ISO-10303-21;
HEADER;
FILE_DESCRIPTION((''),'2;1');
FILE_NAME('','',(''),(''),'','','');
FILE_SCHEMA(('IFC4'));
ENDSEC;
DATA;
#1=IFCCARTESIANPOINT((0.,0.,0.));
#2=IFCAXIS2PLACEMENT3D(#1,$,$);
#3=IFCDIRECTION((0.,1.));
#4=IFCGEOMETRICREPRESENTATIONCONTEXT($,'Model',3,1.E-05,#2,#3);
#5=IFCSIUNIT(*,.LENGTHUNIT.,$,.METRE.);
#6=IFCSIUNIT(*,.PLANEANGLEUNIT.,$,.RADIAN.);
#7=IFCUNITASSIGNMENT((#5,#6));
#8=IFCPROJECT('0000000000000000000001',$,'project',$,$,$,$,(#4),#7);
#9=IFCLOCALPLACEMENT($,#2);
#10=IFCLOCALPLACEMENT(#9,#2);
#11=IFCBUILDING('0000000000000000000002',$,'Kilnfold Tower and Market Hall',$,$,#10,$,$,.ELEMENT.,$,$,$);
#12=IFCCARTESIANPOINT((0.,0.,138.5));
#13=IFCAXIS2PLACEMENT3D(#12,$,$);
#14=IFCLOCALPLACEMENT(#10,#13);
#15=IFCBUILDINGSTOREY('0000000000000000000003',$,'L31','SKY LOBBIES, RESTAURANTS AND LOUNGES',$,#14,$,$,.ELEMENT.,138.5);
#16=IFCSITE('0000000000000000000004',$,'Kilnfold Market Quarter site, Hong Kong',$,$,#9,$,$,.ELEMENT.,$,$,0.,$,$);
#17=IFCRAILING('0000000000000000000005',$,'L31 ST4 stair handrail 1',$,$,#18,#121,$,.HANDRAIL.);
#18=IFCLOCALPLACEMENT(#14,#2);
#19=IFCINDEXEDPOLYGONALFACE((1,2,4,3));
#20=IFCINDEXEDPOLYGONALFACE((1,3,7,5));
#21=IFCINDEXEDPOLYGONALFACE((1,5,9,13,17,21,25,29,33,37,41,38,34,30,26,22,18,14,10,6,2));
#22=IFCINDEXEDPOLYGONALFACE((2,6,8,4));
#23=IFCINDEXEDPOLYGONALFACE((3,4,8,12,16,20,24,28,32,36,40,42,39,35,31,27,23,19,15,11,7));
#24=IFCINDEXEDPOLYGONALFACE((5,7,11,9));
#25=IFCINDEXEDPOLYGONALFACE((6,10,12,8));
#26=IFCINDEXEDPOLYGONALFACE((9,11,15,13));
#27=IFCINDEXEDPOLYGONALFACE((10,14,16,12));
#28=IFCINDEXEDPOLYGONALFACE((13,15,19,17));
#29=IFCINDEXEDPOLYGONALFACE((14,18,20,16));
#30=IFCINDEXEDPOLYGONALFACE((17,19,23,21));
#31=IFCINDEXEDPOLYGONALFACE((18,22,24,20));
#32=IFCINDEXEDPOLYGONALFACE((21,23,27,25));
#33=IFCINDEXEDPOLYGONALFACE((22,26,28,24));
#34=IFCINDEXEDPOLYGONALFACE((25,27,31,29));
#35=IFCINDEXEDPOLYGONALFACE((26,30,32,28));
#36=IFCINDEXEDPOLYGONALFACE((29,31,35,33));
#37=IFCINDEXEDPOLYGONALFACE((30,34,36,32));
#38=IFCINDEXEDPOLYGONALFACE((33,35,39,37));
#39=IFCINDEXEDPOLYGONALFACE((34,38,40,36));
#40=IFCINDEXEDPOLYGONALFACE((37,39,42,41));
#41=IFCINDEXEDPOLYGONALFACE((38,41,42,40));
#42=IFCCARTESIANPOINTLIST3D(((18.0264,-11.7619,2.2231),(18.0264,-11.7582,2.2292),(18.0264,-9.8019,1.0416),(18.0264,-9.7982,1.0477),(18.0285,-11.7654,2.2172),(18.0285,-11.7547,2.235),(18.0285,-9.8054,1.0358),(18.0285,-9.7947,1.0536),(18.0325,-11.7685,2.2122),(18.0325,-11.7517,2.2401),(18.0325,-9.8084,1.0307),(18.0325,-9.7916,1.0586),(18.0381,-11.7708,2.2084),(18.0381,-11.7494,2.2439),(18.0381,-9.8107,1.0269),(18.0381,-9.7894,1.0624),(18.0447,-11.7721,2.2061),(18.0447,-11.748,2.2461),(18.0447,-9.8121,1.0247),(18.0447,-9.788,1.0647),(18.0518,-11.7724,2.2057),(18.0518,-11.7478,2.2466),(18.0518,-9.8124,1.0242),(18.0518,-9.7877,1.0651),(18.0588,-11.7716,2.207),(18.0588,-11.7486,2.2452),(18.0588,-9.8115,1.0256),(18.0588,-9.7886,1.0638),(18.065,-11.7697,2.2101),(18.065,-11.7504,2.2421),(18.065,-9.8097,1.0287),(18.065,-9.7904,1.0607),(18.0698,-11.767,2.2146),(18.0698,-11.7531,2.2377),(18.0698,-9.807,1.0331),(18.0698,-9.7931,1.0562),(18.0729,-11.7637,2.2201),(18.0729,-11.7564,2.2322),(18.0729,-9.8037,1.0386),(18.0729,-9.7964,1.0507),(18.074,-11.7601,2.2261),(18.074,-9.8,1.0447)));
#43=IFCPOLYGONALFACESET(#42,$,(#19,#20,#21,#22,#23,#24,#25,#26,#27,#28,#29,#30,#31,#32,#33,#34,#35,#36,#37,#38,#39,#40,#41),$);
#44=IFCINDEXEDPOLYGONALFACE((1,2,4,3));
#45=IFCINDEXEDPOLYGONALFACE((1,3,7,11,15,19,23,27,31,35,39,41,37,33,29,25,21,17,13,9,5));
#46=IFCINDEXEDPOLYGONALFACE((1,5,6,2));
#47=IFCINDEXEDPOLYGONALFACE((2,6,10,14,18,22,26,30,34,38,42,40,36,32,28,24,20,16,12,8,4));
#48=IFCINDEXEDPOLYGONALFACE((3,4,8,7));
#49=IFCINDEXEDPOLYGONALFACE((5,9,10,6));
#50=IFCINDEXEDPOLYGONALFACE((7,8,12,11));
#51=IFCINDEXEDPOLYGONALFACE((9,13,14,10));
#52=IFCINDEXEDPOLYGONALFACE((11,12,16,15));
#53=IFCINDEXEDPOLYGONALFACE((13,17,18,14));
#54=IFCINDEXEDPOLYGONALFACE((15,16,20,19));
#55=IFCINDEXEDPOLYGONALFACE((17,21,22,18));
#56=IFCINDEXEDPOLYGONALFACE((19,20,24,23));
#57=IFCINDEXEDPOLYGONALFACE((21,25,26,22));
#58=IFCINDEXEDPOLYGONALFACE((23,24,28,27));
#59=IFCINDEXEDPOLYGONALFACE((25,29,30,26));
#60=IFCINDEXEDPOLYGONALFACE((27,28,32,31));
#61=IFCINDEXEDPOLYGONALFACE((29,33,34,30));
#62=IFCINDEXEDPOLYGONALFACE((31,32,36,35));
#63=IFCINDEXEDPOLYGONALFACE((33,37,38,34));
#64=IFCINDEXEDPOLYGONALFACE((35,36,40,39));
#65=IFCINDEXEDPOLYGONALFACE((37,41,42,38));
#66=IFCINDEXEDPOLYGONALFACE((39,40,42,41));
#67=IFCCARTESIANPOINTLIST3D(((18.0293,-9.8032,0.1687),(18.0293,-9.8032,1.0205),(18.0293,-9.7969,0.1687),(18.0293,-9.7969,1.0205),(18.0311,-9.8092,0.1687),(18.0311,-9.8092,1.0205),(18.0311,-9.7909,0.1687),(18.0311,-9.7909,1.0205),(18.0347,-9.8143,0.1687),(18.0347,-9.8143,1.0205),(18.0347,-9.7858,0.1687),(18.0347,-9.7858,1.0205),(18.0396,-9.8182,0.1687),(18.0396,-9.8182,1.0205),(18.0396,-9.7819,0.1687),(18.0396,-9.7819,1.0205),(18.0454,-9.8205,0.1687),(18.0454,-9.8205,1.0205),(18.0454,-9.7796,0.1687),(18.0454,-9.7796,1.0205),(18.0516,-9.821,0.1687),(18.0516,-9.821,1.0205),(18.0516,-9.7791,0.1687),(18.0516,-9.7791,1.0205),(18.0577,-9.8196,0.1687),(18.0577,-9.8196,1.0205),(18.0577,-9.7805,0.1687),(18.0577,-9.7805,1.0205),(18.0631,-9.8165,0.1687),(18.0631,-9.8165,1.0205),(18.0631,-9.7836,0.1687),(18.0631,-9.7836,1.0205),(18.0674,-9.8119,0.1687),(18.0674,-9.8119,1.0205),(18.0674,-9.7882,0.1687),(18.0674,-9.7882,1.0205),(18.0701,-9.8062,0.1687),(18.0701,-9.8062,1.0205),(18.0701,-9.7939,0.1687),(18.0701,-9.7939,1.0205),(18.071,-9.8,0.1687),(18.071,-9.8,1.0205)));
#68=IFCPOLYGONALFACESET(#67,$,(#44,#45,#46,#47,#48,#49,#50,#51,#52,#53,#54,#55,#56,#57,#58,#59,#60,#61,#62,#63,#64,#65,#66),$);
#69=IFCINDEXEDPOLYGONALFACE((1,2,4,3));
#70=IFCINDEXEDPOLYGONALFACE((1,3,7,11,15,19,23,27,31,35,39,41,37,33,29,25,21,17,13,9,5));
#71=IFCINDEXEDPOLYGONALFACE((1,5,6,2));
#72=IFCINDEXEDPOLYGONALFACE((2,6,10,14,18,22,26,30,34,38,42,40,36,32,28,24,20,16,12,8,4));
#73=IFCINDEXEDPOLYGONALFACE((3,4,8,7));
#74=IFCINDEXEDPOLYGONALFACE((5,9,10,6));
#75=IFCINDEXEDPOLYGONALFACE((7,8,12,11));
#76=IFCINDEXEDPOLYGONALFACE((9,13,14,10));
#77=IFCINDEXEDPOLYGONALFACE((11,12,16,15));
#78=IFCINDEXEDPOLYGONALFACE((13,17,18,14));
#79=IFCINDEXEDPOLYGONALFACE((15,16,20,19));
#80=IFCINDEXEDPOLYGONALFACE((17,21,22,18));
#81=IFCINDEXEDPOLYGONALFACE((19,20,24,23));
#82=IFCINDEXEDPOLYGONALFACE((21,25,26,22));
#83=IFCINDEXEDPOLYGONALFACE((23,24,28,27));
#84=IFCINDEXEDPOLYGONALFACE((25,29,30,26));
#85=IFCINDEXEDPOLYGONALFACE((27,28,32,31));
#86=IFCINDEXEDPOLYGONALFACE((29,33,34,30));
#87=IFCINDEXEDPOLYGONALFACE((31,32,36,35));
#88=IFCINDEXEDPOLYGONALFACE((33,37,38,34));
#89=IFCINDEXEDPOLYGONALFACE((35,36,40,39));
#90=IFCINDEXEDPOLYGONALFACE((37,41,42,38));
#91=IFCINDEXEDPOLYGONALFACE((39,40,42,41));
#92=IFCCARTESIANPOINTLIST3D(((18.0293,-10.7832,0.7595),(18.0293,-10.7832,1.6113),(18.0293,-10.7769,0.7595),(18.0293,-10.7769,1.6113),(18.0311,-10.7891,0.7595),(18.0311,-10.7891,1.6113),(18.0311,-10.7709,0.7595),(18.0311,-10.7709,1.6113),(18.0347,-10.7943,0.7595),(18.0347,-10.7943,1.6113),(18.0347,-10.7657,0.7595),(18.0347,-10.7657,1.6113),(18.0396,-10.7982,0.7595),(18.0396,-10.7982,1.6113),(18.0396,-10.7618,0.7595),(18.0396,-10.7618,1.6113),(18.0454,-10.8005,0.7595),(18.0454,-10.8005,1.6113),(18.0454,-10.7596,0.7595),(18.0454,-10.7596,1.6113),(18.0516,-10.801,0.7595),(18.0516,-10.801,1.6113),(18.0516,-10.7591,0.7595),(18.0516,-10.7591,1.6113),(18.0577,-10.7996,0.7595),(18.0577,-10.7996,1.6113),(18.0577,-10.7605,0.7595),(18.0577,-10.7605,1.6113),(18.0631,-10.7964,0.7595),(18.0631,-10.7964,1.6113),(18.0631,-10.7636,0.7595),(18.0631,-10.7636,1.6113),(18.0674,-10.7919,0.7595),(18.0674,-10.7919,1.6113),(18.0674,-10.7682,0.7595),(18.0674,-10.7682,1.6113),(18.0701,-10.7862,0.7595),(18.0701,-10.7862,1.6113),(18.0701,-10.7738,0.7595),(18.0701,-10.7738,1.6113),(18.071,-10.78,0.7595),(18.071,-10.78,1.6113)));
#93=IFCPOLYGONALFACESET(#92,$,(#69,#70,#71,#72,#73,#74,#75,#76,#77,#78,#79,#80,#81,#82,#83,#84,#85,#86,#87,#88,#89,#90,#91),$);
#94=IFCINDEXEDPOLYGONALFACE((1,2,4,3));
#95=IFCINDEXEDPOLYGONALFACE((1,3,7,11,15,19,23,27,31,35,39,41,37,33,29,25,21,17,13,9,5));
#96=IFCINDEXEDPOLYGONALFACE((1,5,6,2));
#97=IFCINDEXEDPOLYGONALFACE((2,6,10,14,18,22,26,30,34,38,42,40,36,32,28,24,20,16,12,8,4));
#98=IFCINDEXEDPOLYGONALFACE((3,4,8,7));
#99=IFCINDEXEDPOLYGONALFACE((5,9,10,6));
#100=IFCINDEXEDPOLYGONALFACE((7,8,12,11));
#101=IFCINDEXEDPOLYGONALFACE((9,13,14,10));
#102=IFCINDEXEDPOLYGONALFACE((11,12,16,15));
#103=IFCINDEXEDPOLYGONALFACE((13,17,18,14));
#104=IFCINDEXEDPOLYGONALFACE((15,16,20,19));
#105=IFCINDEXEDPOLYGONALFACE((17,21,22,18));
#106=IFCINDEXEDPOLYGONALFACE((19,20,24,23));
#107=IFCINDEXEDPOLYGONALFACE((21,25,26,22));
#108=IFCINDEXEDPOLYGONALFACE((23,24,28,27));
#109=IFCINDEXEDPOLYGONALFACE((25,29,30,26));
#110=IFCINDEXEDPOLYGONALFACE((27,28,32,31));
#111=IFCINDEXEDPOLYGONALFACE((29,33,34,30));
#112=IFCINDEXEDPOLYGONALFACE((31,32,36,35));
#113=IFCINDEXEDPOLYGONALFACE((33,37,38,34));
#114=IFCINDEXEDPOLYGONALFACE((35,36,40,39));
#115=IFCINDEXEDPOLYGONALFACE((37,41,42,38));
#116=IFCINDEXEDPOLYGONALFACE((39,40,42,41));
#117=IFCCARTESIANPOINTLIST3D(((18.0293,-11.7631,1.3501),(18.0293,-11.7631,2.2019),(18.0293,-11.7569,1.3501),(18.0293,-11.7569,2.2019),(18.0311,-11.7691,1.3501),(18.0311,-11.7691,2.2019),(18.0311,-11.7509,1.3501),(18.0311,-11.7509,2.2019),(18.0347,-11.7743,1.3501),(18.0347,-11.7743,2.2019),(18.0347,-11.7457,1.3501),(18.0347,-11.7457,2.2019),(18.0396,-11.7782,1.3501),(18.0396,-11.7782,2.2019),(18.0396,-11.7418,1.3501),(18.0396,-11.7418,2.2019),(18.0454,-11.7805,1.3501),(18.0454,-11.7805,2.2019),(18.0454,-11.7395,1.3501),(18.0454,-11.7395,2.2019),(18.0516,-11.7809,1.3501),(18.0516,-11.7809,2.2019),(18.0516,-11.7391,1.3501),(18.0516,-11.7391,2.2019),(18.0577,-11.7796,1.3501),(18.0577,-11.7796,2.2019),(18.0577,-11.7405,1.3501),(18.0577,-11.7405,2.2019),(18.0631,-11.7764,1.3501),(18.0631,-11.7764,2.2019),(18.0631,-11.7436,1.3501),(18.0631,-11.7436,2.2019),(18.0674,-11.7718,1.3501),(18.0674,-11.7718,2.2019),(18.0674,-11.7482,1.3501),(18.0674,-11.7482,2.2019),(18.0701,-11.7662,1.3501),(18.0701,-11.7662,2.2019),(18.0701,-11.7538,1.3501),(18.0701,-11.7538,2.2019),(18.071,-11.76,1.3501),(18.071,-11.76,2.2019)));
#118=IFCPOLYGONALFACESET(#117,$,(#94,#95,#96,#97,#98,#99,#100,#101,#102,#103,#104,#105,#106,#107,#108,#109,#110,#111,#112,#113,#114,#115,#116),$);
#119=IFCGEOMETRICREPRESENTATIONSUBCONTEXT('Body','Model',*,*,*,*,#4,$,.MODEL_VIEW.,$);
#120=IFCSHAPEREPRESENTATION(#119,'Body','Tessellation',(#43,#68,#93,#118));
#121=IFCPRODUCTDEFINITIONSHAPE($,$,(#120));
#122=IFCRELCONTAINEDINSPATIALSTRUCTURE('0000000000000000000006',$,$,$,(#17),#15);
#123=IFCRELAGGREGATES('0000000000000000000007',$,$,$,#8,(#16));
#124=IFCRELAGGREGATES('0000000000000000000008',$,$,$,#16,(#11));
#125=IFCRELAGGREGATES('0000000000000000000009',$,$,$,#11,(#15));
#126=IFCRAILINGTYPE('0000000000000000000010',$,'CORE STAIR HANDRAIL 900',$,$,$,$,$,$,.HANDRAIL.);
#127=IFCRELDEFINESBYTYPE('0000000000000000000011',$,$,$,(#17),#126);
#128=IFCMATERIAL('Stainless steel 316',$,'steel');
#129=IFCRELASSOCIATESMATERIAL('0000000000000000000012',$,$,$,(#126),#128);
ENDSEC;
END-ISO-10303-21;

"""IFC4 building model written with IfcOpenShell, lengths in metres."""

from ifc_helpers import new_model, si_unit, direction, frame, origin, origin_2d, place, context, subcontext, project, spatial, circle, extrude, material, type_object, element, save


model = new_model("IFC4")

# Units and contexts
model_context = context("Model", 3, precision=1e-05, world=origin(), true_north=direction((0.0, 1.0)))
body_context = subcontext(model_context, "Body", "Model", "MODEL_VIEW")
ifc_project = project(units=[si_unit("LENGTHUNIT", "METRE"), si_unit("PLANEANGLEUNIT", "RADIAN")], contexts=[model_context])

# Site, building, storey
site_placement = place(None, origin())
site = spatial("IfcSite", under=ifc_project, at=site_placement, Name="Kilnfold Market Quarter site, Hong Kong", CompositionType="ELEMENT", RefElevation=0.0)
building_placement = place(site_placement, origin())
building = spatial("IfcBuilding", under=site, at=building_placement, Name="Kilnfold Tower and Market Hall", CompositionType="ELEMENT")
storey_placement = place(building_placement, frame((0.0, 0.0, 138.5)))
storey = spatial("IfcBuildingStorey", under=building, at=storey_placement, Name="L31", Description="SKY LOBBIES, RESTAURANTS AND LOUNGES", CompositionType="ELEMENT", Elevation=138.5)

# Railing
ifc_material_1 = material(Name="Stainless steel 316", Category="steel")
railing_type_1 = type_object("IfcRailingType", Name="CORE STAIR HANDRAIL 900", PredefinedType="HANDRAIL", material=ifc_material_1)
railing_1_placement = place(storey_placement, frame((18.05, -9.8, 0.1687)))
element("IfcRailing", 1, at=railing_1_placement, inside=storey, type_object=railing_type_1, Name="L31 ST4 stair handrail 1", PredefinedType="HANDRAIL", context=body_context, shape_type="SweptSolid", body=[
    extrude(circle(Radius=0.0239, at=origin_2d()), frame((0.0, 0.0, 0.876), z_axis=(0.0, -0.856446, 0.516236), x_axis=(1.0, 0.0, 0.0)), (0.0, 0.0, 1.0), 2.2886),
    extrude(circle(Radius=0.021, at=origin_2d()), origin(), (0.0, 0.0, 1.0), 0.8518),
    extrude(circle(Radius=0.021, at=origin_2d()), frame((0.0, -0.98, 0.5908)), (0.0, 0.0, 1.0), 0.8518),
    extrude(circle(Radius=0.021, at=origin_2d()), frame((0.0, -1.96, 1.1814)), (0.0, 0.0, 1.0), 0.8518),
])

save(model, "model.ifc")
